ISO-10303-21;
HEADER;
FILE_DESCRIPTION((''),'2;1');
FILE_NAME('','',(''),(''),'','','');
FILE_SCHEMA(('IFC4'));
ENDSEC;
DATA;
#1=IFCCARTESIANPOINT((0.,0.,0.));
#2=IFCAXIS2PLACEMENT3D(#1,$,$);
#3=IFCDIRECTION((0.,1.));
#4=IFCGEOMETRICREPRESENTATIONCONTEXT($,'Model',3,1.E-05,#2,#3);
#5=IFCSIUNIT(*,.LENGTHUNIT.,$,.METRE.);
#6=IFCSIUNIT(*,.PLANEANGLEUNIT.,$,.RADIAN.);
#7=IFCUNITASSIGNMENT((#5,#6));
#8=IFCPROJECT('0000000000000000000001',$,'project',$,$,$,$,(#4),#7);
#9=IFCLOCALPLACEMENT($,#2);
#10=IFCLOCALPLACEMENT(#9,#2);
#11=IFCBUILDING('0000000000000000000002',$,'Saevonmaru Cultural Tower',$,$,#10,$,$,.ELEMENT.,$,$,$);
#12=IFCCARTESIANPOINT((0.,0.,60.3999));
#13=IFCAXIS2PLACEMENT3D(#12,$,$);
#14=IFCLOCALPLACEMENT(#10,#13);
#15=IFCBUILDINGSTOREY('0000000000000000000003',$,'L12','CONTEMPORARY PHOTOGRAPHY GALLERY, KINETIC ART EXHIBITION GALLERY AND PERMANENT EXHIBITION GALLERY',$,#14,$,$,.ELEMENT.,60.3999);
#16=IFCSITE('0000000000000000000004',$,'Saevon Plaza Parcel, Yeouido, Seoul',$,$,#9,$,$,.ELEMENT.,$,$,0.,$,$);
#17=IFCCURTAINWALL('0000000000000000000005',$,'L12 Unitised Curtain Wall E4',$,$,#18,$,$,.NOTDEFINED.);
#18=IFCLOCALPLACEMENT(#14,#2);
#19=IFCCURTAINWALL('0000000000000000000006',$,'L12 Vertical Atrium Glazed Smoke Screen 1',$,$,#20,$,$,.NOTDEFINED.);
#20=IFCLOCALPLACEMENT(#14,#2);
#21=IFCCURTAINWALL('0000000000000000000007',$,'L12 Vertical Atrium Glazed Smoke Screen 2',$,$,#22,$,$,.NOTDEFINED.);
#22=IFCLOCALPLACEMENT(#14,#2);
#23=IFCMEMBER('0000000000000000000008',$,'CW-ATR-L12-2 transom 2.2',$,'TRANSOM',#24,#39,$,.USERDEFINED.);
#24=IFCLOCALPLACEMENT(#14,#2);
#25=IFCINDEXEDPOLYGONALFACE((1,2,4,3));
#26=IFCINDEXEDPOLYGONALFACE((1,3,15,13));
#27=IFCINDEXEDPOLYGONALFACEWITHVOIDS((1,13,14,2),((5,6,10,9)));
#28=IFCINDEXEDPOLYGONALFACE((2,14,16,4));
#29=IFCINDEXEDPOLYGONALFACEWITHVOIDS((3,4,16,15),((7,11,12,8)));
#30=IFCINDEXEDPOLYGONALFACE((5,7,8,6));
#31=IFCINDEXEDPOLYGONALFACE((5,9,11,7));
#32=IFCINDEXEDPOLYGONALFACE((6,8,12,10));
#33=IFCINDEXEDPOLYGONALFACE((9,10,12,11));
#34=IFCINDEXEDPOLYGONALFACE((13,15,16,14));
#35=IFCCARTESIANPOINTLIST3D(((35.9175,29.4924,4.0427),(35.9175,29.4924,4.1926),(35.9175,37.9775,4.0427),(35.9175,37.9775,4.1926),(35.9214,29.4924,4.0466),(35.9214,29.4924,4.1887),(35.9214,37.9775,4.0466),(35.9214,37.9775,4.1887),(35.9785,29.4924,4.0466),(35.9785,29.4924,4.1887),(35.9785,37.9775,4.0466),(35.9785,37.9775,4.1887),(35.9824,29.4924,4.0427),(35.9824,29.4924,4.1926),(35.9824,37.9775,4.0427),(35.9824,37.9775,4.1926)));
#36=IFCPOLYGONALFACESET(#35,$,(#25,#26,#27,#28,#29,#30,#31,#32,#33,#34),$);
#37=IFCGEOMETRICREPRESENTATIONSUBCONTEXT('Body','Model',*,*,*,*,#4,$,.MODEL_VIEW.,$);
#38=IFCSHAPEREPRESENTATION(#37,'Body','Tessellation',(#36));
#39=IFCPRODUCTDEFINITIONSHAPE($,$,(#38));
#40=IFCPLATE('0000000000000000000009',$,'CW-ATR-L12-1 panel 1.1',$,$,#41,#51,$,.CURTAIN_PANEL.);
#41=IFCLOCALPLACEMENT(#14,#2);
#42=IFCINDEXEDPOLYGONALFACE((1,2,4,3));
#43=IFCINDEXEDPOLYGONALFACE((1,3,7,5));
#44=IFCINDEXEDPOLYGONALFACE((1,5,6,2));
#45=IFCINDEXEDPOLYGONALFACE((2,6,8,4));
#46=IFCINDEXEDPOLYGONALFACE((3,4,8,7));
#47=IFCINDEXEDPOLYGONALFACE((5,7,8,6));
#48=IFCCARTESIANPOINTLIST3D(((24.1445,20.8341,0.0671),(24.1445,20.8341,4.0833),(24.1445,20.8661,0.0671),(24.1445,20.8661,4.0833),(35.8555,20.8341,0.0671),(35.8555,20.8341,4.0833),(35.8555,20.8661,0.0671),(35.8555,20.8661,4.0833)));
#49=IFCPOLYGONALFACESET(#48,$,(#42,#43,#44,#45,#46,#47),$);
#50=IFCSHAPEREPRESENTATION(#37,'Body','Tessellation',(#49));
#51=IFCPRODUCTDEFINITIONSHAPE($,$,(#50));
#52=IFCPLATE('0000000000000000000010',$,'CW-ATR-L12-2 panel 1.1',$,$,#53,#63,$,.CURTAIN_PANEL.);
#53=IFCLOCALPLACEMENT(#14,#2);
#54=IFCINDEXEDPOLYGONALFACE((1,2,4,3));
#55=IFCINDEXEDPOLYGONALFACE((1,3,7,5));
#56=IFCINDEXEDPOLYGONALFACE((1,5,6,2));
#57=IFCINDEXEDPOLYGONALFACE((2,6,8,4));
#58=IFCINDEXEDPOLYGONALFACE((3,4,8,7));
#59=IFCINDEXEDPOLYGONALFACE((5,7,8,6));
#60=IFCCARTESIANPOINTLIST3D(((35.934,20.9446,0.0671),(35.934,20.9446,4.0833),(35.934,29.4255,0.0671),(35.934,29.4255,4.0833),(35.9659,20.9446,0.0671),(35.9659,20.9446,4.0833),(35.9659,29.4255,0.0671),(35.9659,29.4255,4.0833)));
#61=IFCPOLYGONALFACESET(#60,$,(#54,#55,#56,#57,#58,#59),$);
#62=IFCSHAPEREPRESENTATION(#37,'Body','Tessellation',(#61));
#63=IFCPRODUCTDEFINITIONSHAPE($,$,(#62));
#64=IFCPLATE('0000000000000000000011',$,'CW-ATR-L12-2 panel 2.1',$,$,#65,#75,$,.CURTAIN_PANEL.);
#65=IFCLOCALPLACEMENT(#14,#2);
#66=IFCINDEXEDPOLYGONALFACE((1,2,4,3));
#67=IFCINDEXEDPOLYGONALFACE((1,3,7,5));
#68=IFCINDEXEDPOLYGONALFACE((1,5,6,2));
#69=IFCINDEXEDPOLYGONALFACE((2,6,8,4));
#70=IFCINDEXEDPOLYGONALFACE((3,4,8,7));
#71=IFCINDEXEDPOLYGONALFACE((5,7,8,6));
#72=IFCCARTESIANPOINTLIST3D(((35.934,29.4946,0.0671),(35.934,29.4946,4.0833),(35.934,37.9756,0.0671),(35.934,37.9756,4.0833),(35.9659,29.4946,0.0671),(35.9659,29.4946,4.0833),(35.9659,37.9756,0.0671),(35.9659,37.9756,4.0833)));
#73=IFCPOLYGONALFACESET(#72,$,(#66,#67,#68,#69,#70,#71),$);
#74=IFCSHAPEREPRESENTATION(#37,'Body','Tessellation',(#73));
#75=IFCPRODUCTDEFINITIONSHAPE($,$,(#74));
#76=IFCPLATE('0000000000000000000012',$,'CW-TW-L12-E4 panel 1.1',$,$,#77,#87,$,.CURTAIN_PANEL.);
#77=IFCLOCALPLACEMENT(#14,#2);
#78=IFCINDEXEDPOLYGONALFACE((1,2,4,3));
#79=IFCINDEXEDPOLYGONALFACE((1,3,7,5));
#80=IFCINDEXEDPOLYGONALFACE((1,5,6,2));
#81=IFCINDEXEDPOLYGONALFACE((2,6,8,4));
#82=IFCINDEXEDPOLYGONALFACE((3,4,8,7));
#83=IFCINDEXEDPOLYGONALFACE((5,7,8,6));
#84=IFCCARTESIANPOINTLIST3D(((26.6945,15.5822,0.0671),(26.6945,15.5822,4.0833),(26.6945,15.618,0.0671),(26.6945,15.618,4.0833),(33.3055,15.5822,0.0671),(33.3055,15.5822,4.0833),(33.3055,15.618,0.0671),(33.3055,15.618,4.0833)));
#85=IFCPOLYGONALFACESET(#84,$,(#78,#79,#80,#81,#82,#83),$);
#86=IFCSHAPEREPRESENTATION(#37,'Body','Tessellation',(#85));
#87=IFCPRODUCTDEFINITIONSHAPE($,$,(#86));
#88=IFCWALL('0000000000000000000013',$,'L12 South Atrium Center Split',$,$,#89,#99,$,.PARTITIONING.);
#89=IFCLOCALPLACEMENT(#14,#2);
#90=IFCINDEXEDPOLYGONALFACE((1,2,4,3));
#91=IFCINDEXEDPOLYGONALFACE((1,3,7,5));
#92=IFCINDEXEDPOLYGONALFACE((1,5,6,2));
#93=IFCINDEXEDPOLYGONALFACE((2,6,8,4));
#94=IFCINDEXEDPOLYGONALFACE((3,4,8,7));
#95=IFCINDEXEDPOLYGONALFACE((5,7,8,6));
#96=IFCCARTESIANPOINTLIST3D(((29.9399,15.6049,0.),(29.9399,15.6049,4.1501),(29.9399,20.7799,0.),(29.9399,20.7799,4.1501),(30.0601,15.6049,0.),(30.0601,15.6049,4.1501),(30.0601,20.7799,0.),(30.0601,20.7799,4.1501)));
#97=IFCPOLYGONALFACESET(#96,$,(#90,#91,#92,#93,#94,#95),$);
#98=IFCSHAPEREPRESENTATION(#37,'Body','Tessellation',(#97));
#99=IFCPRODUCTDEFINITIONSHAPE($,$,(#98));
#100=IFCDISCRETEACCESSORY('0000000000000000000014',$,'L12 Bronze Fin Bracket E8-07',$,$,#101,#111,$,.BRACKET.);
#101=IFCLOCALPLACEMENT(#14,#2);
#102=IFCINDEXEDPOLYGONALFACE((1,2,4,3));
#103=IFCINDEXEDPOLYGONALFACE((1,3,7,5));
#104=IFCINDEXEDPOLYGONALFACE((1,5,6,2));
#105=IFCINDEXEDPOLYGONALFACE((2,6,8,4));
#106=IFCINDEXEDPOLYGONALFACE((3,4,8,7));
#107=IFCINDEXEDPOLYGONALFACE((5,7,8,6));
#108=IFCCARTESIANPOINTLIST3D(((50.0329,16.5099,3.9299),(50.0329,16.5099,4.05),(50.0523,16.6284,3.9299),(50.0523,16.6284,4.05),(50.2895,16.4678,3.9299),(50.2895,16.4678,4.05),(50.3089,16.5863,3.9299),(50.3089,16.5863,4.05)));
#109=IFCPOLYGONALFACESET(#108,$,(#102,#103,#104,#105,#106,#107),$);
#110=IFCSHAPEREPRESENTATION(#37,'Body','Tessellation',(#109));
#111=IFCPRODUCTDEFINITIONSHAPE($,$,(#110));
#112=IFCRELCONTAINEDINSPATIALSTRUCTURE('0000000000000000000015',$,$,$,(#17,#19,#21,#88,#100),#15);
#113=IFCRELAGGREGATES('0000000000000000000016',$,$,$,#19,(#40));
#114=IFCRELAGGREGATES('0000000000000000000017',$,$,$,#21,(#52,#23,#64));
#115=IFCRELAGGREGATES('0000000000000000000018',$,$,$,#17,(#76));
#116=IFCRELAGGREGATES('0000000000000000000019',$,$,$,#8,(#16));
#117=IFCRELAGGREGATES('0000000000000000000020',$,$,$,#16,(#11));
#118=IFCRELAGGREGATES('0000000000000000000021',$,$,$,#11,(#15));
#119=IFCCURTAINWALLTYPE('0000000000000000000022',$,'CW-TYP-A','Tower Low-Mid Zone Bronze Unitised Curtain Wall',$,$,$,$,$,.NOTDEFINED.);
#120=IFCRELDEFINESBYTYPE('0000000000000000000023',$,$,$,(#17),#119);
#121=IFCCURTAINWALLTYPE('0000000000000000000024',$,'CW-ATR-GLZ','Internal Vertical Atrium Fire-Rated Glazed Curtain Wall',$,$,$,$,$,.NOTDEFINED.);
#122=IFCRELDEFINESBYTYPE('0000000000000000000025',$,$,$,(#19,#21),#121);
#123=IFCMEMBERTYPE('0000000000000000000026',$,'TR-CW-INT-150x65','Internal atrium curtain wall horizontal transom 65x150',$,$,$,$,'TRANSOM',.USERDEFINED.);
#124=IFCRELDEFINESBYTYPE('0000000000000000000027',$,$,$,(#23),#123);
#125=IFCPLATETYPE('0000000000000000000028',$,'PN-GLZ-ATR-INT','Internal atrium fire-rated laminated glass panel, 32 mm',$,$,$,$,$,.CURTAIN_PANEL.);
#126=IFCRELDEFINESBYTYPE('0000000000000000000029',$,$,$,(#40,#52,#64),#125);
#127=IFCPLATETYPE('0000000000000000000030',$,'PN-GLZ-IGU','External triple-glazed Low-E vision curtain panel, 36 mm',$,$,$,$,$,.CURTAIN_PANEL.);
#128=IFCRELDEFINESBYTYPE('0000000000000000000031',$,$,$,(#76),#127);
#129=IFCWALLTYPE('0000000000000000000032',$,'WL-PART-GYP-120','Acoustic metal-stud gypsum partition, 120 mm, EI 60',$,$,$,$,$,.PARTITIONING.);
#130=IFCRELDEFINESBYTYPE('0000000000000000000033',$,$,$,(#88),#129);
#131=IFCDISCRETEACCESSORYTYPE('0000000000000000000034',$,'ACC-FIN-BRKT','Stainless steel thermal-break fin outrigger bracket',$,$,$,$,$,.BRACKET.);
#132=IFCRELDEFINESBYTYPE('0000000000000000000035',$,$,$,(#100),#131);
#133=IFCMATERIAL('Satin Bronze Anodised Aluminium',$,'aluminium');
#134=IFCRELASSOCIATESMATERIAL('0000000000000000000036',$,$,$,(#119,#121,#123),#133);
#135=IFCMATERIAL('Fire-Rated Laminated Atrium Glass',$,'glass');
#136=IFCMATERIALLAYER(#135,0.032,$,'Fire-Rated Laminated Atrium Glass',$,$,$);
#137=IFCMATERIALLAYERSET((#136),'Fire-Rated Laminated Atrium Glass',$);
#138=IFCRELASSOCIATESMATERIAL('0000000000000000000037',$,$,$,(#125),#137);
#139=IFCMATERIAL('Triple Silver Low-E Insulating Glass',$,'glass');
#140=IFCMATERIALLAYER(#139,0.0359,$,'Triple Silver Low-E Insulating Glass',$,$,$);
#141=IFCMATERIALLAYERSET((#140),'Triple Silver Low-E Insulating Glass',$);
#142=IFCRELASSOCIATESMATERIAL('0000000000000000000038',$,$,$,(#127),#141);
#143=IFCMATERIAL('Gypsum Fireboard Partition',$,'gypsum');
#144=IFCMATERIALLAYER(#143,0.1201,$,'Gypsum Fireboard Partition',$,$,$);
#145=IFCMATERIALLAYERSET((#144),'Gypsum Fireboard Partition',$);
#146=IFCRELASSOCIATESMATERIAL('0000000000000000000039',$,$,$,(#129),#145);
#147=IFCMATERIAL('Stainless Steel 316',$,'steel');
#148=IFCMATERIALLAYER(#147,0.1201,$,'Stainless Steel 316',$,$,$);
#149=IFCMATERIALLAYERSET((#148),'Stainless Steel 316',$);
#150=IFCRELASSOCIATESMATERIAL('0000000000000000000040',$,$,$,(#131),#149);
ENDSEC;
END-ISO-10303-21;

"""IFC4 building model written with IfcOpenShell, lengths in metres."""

from ifc_helpers import new_model, si_unit, direction, frame, frame_2d, origin, origin_2d, place, context, subcontext, project, spatial, rectangle, hollow_rectangle, extrude, material, layer, layer_set, material_profile, profile_set, type_object, element, aggregate, save


model = new_model("IFC4")

# Units and contexts
model_context = context("Model", 3, precision=1e-05, world=origin(), true_north=direction((0.0, 1.0)))
body_context = subcontext(model_context, "Body", "Model", "MODEL_VIEW")
ifc_project = project(units=[si_unit("LENGTHUNIT", "METRE"), si_unit("PLANEANGLEUNIT", "RADIAN")], contexts=[model_context])

# Site, building, storey
site_placement = place(None, origin())
site = spatial("IfcSite", under=ifc_project, at=site_placement, Name="Saevon Plaza Parcel, Yeouido, Seoul", CompositionType="ELEMENT", RefElevation=0.0)
building_placement = place(site_placement, origin())
building = spatial("IfcBuilding", under=site, at=building_placement, Name="Saevonmaru Cultural Tower", CompositionType="ELEMENT")
storey_placement = place(building_placement, frame((0.0, 0.0, 60.3999)))
storey = spatial("IfcBuildingStorey", under=building, at=storey_placement, Name="L12", Description="CONTEMPORARY PHOTOGRAPHY GALLERY, KINETIC ART EXHIBITION GALLERY AND PERMANENT EXHIBITION GALLERY", CompositionType="ELEMENT", Elevation=60.3999)

# Curtain walls
ifc_material_1 = material(Name="Satin Bronze Anodised Aluminium", Category="aluminium")
curtain_wall_type_1 = type_object("IfcCurtainWallType", Name="CW-TYP-A", Description="Tower Low-Mid Zone Bronze Unitised Curtain Wall", PredefinedType="NOTDEFINED", material=ifc_material_1)
curtain_wall_1_placement = place(storey_placement, origin())
curtain_wall_1 = element("IfcCurtainWall", 1, at=curtain_wall_1_placement, inside=storey, type_object=curtain_wall_type_1, Name="L12 Unitised Curtain Wall E4", PredefinedType="NOTDEFINED")
curtain_wall_type_2 = type_object("IfcCurtainWallType", Name="CW-ATR-GLZ", Description="Internal Vertical Atrium Fire-Rated Glazed Curtain Wall", PredefinedType="NOTDEFINED", material=ifc_material_1)
curtain_wall_2_placement = place(storey_placement, origin())
curtain_wall_2 = element("IfcCurtainWall", 2, at=curtain_wall_2_placement, inside=storey, type_object=curtain_wall_type_2, Name="L12 Vertical Atrium Glazed Smoke Screen 1", PredefinedType="NOTDEFINED")

# Curtain wall
curtain_wall_3_placement = place(storey_placement, origin())
curtain_wall_3 = element("IfcCurtainWall", 3, at=curtain_wall_3_placement, inside=storey, type_object=curtain_wall_type_2, Name="L12 Vertical Atrium Glazed Smoke Screen 2", PredefinedType="NOTDEFINED")

# Member
ifc_material_profile_1 = material_profile(ifc_material_1, hollow_rectangle(XDim=0.0649, YDim=0.1499, WallThickness=0.0039, at=origin_2d()), Name="ALU-TRAN-150x65x4")
ifc_profile_set_1 = profile_set([ifc_material_profile_1], Name="Satin Bronze Anodised Aluminium")
member_type_1 = type_object("IfcMemberType", Name="TR-CW-INT-150x65", Description="Internal atrium curtain wall horizontal transom 65x150", ElementType="TRANSOM", PredefinedType="USERDEFINED", material=ifc_profile_set_1)
member_1_placement = place(storey_placement, frame((35.95, 29.4924, 4.1177), z_axis=(0.0, 1.0, 0.0), x_axis=(-1.0, 0.0, 0.0)))
member_1 = element("IfcMember", 4, at=member_1_placement, type_object=member_type_1, Name="CW-ATR-L12-2 transom 2.2", ObjectType="TRANSOM", PredefinedType="USERDEFINED", context=body_context, shape_type="SweptSolid", body=[
    extrude(hollow_rectangle(XDim=0.0649, YDim=0.1499, WallThickness=0.0039, at=origin_2d()), origin(), (0.0, 0.0, 1.0), 8.4851),
])

# Plates
ifc_material_2 = material(Name="Fire-Rated Laminated Atrium Glass", Category="glass")
ifc_layer_1 = layer(ifc_material_2, 0.032, Name="Fire-Rated Laminated Atrium Glass")
ifc_layer_set_1 = layer_set([ifc_layer_1], Name="Fire-Rated Laminated Atrium Glass")
plate_type_1 = type_object("IfcPlateType", Name="PN-GLZ-ATR-INT", Description="Internal atrium fire-rated laminated glass panel, 32 mm", PredefinedType="CURTAIN_PANEL", material=ifc_layer_set_1)
plate_1_placement = place(storey_placement, frame((30.0, 20.8501, 0.0671), z_axis=(0.0, 0.0, 1.0), x_axis=(1.0, 0.0, 0.0)))
plate_1 = element("IfcPlate", 5, at=plate_1_placement, type_object=plate_type_1, Name="CW-ATR-L12-1 panel 1.1", PredefinedType="CURTAIN_PANEL", context=body_context, shape_type="SweptSolid", body=[
    extrude(rectangle(XDim=11.7109, YDim=0.032, at=origin_2d()), origin(), (0.0, 0.0, 1.0), 4.0161),
])
aggregate(curtain_wall_2, [plate_1])
plate_2_placement = place(storey_placement, frame((35.95, 25.1851, 0.0671), z_axis=(0.0, 0.0, 1.0), x_axis=(0.0, 1.0, 0.0)))
plate_2 = element("IfcPlate", 6, at=plate_2_placement, type_object=plate_type_1, Name="CW-ATR-L12-2 panel 1.1", PredefinedType="CURTAIN_PANEL", context=body_context, shape_type="SweptSolid", body=[
    extrude(rectangle(XDim=8.481, YDim=0.032, at=origin_2d()), origin(), (0.0, 0.0, 1.0), 4.0161),
])
plate_3_placement = place(storey_placement, frame((35.95, 33.7351, 0.0671), z_axis=(0.0, 0.0, 1.0), x_axis=(0.0, 1.0, 0.0)))
plate_3 = element("IfcPlate", 7, at=plate_3_placement, type_object=plate_type_1, Name="CW-ATR-L12-2 panel 2.1", PredefinedType="CURTAIN_PANEL", context=body_context, shape_type="SweptSolid", body=[
    extrude(rectangle(XDim=8.481, YDim=0.032, at=origin_2d()), origin(), (0.0, 0.0, 1.0), 4.0161),
])
aggregate(curtain_wall_3, [plate_2, member_1, plate_3])
ifc_material_3 = material(Name="Triple Silver Low-E Insulating Glass", Category="glass")
ifc_layer_2 = layer(ifc_material_3, 0.0359, Name="Triple Silver Low-E Insulating Glass")
ifc_layer_set_2 = layer_set([ifc_layer_2], Name="Triple Silver Low-E Insulating Glass")
plate_type_2 = type_object("IfcPlateType", Name="PN-GLZ-IGU", Description="External triple-glazed Low-E vision curtain panel, 36 mm", PredefinedType="CURTAIN_PANEL", material=ifc_layer_set_2)
plate_4_placement = place(storey_placement, frame((30.0, 15.6001, 0.0671), z_axis=(0.0, 0.0, 1.0), x_axis=(1.0, 0.0, 0.0)))
plate_4 = element("IfcPlate", 8, at=plate_4_placement, type_object=plate_type_2, Name="CW-TW-L12-E4 panel 1.1", PredefinedType="CURTAIN_PANEL", context=body_context, shape_type="SweptSolid", body=[
    extrude(rectangle(XDim=6.6111, YDim=0.0359, at=origin_2d()), origin(), (0.0, 0.0, 1.0), 4.0161),
])
aggregate(curtain_wall_1, [plate_4])

# Wall
ifc_material_4 = material(Name="Gypsum Fireboard Partition", Category="gypsum")
ifc_layer_3 = layer(ifc_material_4, 0.1201, Name="Gypsum Fireboard Partition")
ifc_layer_set_3 = layer_set([ifc_layer_3], Name="Gypsum Fireboard Partition")
wall_type = type_object("IfcWallType", Name="WL-PART-GYP-120", Description="Acoustic metal-stud gypsum partition, 120 mm, EI 60", PredefinedType="PARTITIONING", material=ifc_layer_set_3)
wall_placement = place(storey_placement, frame((30.0, 15.605, 0.0), z_axis=(0.0, 0.0, 1.0), x_axis=(0.0, 1.0, 0.0)))
element("IfcWall", 9, at=wall_placement, inside=storey, type_object=wall_type, Name="L12 South Atrium Center Split", PredefinedType="PARTITIONING", context=body_context, shape_type="SweptSolid", body=[
    extrude(rectangle(XDim=5.175, YDim=0.1201, at=frame_2d((2.5874, 0.0))), origin(), (0.0, 0.0, 1.0), 4.1501),
])

# Discrete accessory
ifc_material_5 = material(Name="Stainless Steel 316", Category="steel")
ifc_layer_4 = layer(ifc_material_5, 0.1201, Name="Stainless Steel 316")
ifc_layer_set_4 = layer_set([ifc_layer_4], Name="Stainless Steel 316")
discrete_accessory_type = type_object("IfcDiscreteAccessoryType", Name="ACC-FIN-BRKT", Description="Stainless steel thermal-break fin outrigger bracket", PredefinedType="BRACKET", material=ifc_layer_set_4)
discrete_accessory_placement = place(storey_placement, frame((50.1709, 16.5481, 3.9299), z_axis=(0.0, 0.0, 1.0), x_axis=(0.986827, -0.161776, 0.0)))
element("IfcDiscreteAccessory", 10, at=discrete_accessory_placement, inside=storey, type_object=discrete_accessory_type, Name="L12 Bronze Fin Bracket E8-07", PredefinedType="BRACKET", context=body_context, shape_type="SweptSolid", body=[
    extrude(rectangle(XDim=0.26, YDim=0.1201, at=origin_2d()), origin(), (0.0, 0.0, 1.0), 0.1201),
])

save(model, "model.ifc")
